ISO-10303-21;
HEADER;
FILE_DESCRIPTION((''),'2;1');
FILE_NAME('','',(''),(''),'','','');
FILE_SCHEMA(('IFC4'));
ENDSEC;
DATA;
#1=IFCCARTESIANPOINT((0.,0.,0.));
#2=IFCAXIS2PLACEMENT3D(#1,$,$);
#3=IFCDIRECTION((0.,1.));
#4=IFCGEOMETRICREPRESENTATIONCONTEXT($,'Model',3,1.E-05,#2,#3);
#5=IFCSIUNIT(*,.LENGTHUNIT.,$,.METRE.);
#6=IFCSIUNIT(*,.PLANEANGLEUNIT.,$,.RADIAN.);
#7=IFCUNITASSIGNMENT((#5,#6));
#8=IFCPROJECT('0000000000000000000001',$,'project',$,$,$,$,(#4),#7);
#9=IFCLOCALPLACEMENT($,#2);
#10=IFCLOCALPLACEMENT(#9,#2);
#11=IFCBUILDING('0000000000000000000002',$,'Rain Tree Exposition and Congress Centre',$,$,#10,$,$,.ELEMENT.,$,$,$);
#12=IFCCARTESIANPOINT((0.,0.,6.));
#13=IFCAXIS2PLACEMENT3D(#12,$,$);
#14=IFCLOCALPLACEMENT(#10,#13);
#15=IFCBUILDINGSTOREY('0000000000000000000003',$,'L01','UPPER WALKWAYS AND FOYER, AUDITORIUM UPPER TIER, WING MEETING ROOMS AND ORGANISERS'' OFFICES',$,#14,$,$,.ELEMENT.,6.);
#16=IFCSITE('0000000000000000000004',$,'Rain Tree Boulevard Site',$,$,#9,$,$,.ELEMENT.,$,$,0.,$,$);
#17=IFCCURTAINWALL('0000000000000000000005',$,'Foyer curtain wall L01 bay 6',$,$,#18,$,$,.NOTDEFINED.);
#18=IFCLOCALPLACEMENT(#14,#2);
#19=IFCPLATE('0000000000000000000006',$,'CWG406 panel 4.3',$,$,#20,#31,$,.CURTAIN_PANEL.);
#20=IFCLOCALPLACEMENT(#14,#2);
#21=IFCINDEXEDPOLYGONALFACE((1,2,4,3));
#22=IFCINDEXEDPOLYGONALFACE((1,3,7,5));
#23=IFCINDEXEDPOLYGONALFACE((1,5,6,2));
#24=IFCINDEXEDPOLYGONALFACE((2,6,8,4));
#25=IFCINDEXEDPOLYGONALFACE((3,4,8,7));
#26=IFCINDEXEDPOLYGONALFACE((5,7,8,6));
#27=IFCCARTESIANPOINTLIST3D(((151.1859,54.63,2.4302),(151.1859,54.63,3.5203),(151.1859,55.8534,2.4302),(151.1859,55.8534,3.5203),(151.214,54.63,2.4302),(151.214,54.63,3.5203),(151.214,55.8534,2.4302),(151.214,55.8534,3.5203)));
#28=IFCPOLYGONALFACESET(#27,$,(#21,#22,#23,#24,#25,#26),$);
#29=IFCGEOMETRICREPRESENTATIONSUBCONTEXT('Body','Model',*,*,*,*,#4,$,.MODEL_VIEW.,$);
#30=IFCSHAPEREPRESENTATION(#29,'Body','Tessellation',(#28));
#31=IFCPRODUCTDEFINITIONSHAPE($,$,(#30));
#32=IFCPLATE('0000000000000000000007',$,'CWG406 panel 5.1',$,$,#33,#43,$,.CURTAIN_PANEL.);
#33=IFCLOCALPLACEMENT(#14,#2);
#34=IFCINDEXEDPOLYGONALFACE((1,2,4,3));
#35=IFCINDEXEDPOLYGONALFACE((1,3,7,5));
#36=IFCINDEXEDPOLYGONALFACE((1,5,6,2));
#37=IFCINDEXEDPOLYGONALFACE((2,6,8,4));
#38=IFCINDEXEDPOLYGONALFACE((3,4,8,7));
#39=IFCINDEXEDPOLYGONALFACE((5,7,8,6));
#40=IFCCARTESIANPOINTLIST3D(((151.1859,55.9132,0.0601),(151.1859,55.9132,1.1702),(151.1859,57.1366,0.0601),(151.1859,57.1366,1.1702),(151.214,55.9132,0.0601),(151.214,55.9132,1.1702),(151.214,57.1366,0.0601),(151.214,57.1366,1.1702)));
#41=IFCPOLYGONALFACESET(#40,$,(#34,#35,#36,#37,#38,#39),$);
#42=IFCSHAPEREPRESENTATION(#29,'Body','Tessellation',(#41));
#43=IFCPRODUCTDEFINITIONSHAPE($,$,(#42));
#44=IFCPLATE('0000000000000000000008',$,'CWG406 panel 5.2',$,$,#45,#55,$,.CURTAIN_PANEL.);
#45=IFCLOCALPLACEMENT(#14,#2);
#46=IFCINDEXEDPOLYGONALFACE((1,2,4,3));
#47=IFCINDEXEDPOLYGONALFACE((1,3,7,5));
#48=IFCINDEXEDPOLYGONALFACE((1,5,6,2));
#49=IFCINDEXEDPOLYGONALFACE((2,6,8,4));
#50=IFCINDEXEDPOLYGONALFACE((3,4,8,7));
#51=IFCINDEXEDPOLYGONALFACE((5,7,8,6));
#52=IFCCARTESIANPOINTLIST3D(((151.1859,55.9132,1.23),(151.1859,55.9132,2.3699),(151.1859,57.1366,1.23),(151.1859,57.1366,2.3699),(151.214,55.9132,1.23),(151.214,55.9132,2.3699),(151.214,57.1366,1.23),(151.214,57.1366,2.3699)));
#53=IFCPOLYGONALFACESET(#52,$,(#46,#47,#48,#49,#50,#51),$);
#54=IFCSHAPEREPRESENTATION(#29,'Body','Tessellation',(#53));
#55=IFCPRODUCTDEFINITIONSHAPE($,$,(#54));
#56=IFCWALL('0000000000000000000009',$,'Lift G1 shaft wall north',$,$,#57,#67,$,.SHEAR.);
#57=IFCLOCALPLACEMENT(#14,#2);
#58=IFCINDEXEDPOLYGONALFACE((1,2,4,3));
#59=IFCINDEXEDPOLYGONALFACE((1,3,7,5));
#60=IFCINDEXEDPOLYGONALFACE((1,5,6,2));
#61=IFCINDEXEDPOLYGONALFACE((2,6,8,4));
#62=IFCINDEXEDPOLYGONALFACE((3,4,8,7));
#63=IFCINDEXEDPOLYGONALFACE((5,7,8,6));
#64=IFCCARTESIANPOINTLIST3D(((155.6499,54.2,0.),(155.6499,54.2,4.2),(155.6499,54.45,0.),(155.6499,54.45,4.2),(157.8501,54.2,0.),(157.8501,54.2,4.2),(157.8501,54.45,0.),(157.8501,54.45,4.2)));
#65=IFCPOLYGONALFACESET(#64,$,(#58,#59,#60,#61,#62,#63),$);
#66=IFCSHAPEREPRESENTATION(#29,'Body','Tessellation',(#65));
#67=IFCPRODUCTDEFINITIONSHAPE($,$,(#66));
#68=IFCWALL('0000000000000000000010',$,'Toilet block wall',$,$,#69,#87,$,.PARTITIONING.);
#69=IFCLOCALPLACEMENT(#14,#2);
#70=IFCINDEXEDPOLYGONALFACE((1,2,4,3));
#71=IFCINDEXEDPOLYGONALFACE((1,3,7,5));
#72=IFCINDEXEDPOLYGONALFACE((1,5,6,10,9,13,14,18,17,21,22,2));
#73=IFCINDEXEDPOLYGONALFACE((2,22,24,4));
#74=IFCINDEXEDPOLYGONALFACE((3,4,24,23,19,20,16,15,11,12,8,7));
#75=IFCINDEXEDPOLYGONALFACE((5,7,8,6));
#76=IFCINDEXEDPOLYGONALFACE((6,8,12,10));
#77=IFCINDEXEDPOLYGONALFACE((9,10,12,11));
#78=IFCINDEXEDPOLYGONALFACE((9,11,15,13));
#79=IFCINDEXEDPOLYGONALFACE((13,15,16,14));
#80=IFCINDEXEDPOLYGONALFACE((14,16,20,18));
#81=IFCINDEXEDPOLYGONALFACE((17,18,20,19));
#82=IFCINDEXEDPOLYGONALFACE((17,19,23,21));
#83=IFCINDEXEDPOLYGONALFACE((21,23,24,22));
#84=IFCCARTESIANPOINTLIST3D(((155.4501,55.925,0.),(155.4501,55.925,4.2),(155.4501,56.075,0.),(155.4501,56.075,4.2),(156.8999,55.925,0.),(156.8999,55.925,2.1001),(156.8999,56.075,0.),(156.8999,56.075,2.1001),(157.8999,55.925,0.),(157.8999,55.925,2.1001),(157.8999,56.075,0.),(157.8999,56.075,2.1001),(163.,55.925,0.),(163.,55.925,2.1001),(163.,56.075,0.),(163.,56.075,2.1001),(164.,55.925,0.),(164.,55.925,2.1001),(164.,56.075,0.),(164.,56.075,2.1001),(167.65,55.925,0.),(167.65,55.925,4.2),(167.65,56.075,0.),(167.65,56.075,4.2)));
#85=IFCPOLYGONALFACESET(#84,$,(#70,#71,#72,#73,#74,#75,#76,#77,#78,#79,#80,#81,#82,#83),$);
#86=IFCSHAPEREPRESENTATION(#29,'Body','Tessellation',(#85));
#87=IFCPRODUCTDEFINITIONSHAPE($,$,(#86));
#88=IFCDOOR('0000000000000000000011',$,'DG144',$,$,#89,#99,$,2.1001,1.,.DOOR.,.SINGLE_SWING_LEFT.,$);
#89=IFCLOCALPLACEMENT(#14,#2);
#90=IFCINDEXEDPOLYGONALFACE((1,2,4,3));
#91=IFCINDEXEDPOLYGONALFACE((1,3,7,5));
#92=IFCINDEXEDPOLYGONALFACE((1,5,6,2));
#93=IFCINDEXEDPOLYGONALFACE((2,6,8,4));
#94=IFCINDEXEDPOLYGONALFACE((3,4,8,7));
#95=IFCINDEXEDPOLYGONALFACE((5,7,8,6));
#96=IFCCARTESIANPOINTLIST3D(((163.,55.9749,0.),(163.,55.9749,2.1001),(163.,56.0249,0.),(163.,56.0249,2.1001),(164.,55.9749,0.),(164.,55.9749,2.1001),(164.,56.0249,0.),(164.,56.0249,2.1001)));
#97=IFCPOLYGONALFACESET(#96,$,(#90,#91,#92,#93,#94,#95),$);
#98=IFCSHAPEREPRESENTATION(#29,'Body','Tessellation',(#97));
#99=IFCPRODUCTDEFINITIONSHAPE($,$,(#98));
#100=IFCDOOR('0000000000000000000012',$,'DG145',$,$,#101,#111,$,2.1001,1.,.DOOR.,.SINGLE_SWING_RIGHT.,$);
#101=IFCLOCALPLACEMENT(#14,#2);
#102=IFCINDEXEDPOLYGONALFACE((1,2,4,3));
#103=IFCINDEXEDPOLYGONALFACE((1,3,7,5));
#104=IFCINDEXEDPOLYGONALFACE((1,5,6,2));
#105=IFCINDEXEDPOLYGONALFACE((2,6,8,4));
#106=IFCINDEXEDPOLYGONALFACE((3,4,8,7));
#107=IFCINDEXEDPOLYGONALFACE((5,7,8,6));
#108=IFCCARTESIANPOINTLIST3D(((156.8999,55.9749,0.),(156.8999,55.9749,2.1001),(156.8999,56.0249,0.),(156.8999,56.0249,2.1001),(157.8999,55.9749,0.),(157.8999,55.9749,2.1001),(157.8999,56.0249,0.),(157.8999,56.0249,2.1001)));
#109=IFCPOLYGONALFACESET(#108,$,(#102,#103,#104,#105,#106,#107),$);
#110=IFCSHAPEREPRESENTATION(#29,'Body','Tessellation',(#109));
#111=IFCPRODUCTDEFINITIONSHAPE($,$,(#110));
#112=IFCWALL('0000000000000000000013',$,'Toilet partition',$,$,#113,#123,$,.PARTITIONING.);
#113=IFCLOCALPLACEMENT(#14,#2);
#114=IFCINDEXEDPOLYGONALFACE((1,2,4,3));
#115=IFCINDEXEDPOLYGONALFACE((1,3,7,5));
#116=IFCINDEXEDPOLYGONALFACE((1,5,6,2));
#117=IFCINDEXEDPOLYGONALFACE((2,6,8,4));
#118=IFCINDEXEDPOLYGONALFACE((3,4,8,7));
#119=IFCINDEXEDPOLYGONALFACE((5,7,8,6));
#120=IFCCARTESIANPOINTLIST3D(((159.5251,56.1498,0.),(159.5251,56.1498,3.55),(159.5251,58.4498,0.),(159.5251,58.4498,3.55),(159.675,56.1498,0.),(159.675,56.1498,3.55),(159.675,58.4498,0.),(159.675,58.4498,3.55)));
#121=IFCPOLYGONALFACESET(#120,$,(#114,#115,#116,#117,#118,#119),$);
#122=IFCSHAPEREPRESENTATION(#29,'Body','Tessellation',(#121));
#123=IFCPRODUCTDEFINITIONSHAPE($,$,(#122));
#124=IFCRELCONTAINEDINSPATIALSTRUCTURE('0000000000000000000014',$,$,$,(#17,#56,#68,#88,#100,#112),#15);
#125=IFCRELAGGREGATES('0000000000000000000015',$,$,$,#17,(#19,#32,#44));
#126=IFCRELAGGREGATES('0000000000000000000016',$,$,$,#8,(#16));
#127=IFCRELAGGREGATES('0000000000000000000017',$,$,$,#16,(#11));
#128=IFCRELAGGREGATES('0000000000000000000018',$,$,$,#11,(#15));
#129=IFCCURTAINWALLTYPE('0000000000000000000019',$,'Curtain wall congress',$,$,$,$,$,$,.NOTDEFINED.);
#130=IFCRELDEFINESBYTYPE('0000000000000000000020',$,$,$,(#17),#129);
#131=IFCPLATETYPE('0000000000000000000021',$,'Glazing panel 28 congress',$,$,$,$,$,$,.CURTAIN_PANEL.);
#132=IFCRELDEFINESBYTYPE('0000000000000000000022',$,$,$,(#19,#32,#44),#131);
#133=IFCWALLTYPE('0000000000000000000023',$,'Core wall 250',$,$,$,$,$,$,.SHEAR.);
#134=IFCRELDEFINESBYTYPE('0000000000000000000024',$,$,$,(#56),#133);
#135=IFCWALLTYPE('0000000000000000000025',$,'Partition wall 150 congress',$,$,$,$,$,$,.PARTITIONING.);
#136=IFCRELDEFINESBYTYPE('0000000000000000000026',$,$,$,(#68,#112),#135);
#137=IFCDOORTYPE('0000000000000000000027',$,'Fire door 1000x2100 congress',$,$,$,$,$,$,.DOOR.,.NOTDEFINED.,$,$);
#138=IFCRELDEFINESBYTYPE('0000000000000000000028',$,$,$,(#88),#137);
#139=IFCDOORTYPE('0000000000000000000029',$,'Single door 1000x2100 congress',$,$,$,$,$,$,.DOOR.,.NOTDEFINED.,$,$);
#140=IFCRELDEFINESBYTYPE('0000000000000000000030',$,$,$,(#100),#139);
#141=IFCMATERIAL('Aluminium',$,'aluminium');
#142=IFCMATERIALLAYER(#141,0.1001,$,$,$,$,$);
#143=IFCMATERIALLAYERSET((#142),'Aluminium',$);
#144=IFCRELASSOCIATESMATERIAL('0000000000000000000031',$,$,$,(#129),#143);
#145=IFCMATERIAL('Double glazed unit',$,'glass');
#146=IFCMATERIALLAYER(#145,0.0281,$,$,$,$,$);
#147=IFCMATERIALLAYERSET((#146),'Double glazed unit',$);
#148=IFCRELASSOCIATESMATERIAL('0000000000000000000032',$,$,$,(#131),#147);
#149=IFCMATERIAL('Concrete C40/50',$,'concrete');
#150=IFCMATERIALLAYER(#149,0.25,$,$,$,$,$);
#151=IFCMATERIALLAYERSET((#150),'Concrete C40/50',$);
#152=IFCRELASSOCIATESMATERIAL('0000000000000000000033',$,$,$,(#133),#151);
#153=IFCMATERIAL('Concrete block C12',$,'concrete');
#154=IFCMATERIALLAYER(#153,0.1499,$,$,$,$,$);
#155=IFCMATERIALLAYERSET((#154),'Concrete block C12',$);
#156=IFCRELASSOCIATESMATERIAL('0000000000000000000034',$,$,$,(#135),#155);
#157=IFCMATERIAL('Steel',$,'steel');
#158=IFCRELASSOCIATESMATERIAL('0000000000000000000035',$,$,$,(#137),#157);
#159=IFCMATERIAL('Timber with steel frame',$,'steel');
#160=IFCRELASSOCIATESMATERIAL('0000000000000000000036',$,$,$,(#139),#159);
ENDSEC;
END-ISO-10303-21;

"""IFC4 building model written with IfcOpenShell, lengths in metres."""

from ifc_helpers import new_model, si_unit, direction, frame, frame_2d, origin, origin_2d, place, context, subcontext, project, spatial, rectangle, extrude, material, layer, layer_set, type_object, element, fill, aggregate, save


model = new_model("IFC4")

# Units and contexts
model_context = context("Model", 3, precision=1e-05, world=origin(), true_north=direction((0.0, 1.0)))
body_context = subcontext(model_context, "Body", "Model", "MODEL_VIEW")
ifc_project = project(units=[si_unit("LENGTHUNIT", "METRE"), si_unit("PLANEANGLEUNIT", "RADIAN")], contexts=[model_context])

# Site, building, storey
site_placement = place(None, origin())
site = spatial("IfcSite", under=ifc_project, at=site_placement, Name="Rain Tree Boulevard Site", CompositionType="ELEMENT", RefElevation=0.0)
building_placement = place(site_placement, origin())
building = spatial("IfcBuilding", under=site, at=building_placement, Name="Rain Tree Exposition and Congress Centre", CompositionType="ELEMENT")
storey_placement = place(building_placement, frame((0.0, 0.0, 6.0)))
storey = spatial("IfcBuildingStorey", under=building, at=storey_placement, Name="L01", Description="UPPER WALKWAYS AND FOYER, AUDITORIUM UPPER TIER, WING MEETING ROOMS AND ORGANISERS' OFFICES", CompositionType="ELEMENT", Elevation=6.0)

# Curtain wall
ifc_material_1 = material(Name="Aluminium", Category="aluminium")
ifc_layer_1 = layer(ifc_material_1, 0.1001)
ifc_layer_set_1 = layer_set([ifc_layer_1], Name="Aluminium")
curtain_wall_type = type_object("IfcCurtainWallType", Name="Curtain wall congress", PredefinedType="NOTDEFINED", material=ifc_layer_set_1)
curtain_wall_placement = place(storey_placement, origin())
curtain_wall = element("IfcCurtainWall", 1, at=curtain_wall_placement, inside=storey, type_object=curtain_wall_type, Name="Foyer curtain wall L01 bay 6", PredefinedType="NOTDEFINED")

# Plates
ifc_material_2 = material(Name="Double glazed unit", Category="glass")
ifc_layer_2 = layer(ifc_material_2, 0.0281)
ifc_layer_set_2 = layer_set([ifc_layer_2], Name="Double glazed unit")
plate_type = type_object("IfcPlateType", Name="Glazing panel 28 congress", PredefinedType="CURTAIN_PANEL", material=ifc_layer_set_2)
plate_1_placement = place(storey_placement, frame((151.2, 55.2417, 2.4302), z_axis=(0.0, 0.0, 1.0), x_axis=(0.0, 1.0, 0.0)))
plate_1 = element("IfcPlate", 2, at=plate_1_placement, type_object=plate_type, Name="CWG406 panel 4.3", PredefinedType="CURTAIN_PANEL", context=body_context, shape_type="SweptSolid", body=[
    extrude(rectangle(XDim=1.2234, YDim=0.0281, at=origin_2d()), origin(), (0.0, 0.0, 1.0), 1.0901),
])
plate_2_placement = place(storey_placement, frame((151.2, 56.5249, 0.0601), z_axis=(0.0, 0.0, 1.0), x_axis=(0.0, 1.0, 0.0)))
plate_2 = element("IfcPlate", 3, at=plate_2_placement, type_object=plate_type, Name="CWG406 panel 5.1", PredefinedType="CURTAIN_PANEL", context=body_context, shape_type="SweptSolid", body=[
    extrude(rectangle(XDim=1.2234, YDim=0.0281, at=origin_2d()), origin(), (0.0, 0.0, 1.0), 1.1101),
])
plate_3_placement = place(storey_placement, frame((151.2, 56.5249, 1.23), z_axis=(0.0, 0.0, 1.0), x_axis=(0.0, 1.0, 0.0)))
plate_3 = element("IfcPlate", 4, at=plate_3_placement, type_object=plate_type, Name="CWG406 panel 5.2", PredefinedType="CURTAIN_PANEL", context=body_context, shape_type="SweptSolid", body=[
    extrude(rectangle(XDim=1.2234, YDim=0.0281, at=origin_2d()), origin(), (0.0, 0.0, 1.0), 1.1399),
])
aggregate(curtain_wall, [plate_1, plate_2, plate_3])

# Wall
ifc_material_3 = material(Name="Concrete C40/50", Category="concrete")
ifc_layer_3 = layer(ifc_material_3, 0.25)
ifc_layer_set_3 = layer_set([ifc_layer_3], Name="Concrete C40/50")
wall_type_1 = type_object("IfcWallType", Name="Core wall 250", PredefinedType="SHEAR", material=ifc_layer_set_3)
wall_1_placement = place(storey_placement, frame((155.6499, 54.325, 0.0), z_axis=(0.0, 0.0, 1.0), x_axis=(1.0, 0.0, 0.0)))
element("IfcWall", 5, at=wall_1_placement, inside=storey, type_object=wall_type_1, Name="Lift G1 shaft wall north", PredefinedType="SHEAR", context=body_context, shape_type="SweptSolid", body=[
    extrude(rectangle(XDim=2.2002, YDim=0.25, at=frame_2d((1.1001, 0.0))), origin(), (0.0, 0.0, 1.0), 4.2),
])

# Wall, openings, doors
ifc_material_4 = material(Name="Concrete block C12", Category="concrete")
ifc_layer_4 = layer(ifc_material_4, 0.1499)
ifc_layer_set_4 = layer_set([ifc_layer_4], Name="Concrete block C12")
wall_type_2 = type_object("IfcWallType", Name="Partition wall 150 congress", PredefinedType="PARTITIONING", material=ifc_layer_set_4)
wall_2_placement = place(storey_placement, frame((155.45, 56.0, 0.0), z_axis=(0.0, 0.0, 1.0), x_axis=(1.0, 0.0, 0.0)))
wall_2 = element("IfcWall", 6, at=wall_2_placement, inside=storey, type_object=wall_type_2, Name="Toilet block wall", PredefinedType="PARTITIONING", context=body_context, shape_type="SweptSolid", body=[
    extrude(rectangle(XDim=12.2, YDim=0.1499, at=frame_2d((6.1001, 0.0))), origin(), (0.0, 0.0, 1.0), 4.2),
])
opening_1_placement = place(wall_2_placement, frame((7.55, 0.0, 0.0)))
opening_1 = element("IfcOpeningElement", 7, at=opening_1_placement, cuts=wall_2, PredefinedType="OPENING", context=body_context, shape_type="SweptSolid", body=[
    extrude(rectangle(XDim=1.0, YDim=2.1001, at=frame_2d((0.5, 1.05))), frame((0.0, 0.075, 0.0), z_axis=(0.0, -1.0, 0.0), x_axis=(1.0, 0.0, 0.0)), (0.0, 0.0, 1.0), 0.1499),
])
opening_2_placement = place(wall_2_placement, frame((1.45, 0.0, 0.0)))
opening_2 = element("IfcOpeningElement", 8, at=opening_2_placement, cuts=wall_2, PredefinedType="OPENING", context=body_context, shape_type="SweptSolid", body=[
    extrude(rectangle(XDim=1.0, YDim=2.1001, at=frame_2d((0.5, 1.05))), frame((0.0, 0.075, 0.0), z_axis=(0.0, -1.0, 0.0), x_axis=(1.0, 0.0, 0.0)), (0.0, 0.0, 1.0), 0.1499),
])
ifc_material_5 = material(Name="Steel", Category="steel")
door_type_1 = type_object("IfcDoorType", Name="Fire door 1000x2100 congress", OperationType="NOTDEFINED", PredefinedType="DOOR", material=ifc_material_5)
door_1_placement = place(opening_1_placement, origin())
door_1 = element("IfcDoor", 9, at=door_1_placement, inside=storey, type_object=door_type_1, Name="DG144", OperationType="SINGLE_SWING_LEFT", OverallHeight=2.1001, OverallWidth=1.0, PredefinedType="DOOR", context=body_context, shape_type="SweptSolid", body=[
    extrude(rectangle(XDim=1.0, YDim=2.1001, at=frame_2d((0.5, 1.05))), frame((0.0, 0.0249, 0.0), z_axis=(0.0, -1.0, 0.0), x_axis=(1.0, 0.0, 0.0)), (0.0, 0.0, 1.0), 0.05),
])
fill(opening_1, door_1)
ifc_material_6 = material(Name="Timber with steel frame", Category="steel")
door_type_2 = type_object("IfcDoorType", Name="Single door 1000x2100 congress", OperationType="NOTDEFINED", PredefinedType="DOOR", material=ifc_material_6)
door_2_placement = place(opening_2_placement, origin())
door_2 = element("IfcDoor", 10, at=door_2_placement, inside=storey, type_object=door_type_2, Name="DG145", OperationType="SINGLE_SWING_RIGHT", OverallHeight=2.1001, OverallWidth=1.0, PredefinedType="DOOR", context=body_context, shape_type="SweptSolid", body=[
    extrude(rectangle(XDim=1.0, YDim=2.1001, at=frame_2d((0.5, 1.05))), frame((0.0, 0.0249, 0.0), z_axis=(0.0, -1.0, 0.0), x_axis=(1.0, 0.0, 0.0)), (0.0, 0.0, 1.0), 0.05),
])
fill(opening_2, door_2)

# Wall
wall_3_placement = place(storey_placement, frame((159.6001, 56.1499, 0.0), z_axis=(0.0, 0.0, 1.0), x_axis=(0.0, 1.0, 0.0)))
element("IfcWall", 11, at=wall_3_placement, inside=storey, type_object=wall_type_2, Name="Toilet partition", PredefinedType="PARTITIONING", context=body_context, shape_type="SweptSolid", body=[
    extrude(rectangle(XDim=2.3, YDim=0.1499, at=frame_2d((1.1499, 0.0))), origin(), (0.0, 0.0, 1.0), 3.55),
])

save(model, "model.ifc")
